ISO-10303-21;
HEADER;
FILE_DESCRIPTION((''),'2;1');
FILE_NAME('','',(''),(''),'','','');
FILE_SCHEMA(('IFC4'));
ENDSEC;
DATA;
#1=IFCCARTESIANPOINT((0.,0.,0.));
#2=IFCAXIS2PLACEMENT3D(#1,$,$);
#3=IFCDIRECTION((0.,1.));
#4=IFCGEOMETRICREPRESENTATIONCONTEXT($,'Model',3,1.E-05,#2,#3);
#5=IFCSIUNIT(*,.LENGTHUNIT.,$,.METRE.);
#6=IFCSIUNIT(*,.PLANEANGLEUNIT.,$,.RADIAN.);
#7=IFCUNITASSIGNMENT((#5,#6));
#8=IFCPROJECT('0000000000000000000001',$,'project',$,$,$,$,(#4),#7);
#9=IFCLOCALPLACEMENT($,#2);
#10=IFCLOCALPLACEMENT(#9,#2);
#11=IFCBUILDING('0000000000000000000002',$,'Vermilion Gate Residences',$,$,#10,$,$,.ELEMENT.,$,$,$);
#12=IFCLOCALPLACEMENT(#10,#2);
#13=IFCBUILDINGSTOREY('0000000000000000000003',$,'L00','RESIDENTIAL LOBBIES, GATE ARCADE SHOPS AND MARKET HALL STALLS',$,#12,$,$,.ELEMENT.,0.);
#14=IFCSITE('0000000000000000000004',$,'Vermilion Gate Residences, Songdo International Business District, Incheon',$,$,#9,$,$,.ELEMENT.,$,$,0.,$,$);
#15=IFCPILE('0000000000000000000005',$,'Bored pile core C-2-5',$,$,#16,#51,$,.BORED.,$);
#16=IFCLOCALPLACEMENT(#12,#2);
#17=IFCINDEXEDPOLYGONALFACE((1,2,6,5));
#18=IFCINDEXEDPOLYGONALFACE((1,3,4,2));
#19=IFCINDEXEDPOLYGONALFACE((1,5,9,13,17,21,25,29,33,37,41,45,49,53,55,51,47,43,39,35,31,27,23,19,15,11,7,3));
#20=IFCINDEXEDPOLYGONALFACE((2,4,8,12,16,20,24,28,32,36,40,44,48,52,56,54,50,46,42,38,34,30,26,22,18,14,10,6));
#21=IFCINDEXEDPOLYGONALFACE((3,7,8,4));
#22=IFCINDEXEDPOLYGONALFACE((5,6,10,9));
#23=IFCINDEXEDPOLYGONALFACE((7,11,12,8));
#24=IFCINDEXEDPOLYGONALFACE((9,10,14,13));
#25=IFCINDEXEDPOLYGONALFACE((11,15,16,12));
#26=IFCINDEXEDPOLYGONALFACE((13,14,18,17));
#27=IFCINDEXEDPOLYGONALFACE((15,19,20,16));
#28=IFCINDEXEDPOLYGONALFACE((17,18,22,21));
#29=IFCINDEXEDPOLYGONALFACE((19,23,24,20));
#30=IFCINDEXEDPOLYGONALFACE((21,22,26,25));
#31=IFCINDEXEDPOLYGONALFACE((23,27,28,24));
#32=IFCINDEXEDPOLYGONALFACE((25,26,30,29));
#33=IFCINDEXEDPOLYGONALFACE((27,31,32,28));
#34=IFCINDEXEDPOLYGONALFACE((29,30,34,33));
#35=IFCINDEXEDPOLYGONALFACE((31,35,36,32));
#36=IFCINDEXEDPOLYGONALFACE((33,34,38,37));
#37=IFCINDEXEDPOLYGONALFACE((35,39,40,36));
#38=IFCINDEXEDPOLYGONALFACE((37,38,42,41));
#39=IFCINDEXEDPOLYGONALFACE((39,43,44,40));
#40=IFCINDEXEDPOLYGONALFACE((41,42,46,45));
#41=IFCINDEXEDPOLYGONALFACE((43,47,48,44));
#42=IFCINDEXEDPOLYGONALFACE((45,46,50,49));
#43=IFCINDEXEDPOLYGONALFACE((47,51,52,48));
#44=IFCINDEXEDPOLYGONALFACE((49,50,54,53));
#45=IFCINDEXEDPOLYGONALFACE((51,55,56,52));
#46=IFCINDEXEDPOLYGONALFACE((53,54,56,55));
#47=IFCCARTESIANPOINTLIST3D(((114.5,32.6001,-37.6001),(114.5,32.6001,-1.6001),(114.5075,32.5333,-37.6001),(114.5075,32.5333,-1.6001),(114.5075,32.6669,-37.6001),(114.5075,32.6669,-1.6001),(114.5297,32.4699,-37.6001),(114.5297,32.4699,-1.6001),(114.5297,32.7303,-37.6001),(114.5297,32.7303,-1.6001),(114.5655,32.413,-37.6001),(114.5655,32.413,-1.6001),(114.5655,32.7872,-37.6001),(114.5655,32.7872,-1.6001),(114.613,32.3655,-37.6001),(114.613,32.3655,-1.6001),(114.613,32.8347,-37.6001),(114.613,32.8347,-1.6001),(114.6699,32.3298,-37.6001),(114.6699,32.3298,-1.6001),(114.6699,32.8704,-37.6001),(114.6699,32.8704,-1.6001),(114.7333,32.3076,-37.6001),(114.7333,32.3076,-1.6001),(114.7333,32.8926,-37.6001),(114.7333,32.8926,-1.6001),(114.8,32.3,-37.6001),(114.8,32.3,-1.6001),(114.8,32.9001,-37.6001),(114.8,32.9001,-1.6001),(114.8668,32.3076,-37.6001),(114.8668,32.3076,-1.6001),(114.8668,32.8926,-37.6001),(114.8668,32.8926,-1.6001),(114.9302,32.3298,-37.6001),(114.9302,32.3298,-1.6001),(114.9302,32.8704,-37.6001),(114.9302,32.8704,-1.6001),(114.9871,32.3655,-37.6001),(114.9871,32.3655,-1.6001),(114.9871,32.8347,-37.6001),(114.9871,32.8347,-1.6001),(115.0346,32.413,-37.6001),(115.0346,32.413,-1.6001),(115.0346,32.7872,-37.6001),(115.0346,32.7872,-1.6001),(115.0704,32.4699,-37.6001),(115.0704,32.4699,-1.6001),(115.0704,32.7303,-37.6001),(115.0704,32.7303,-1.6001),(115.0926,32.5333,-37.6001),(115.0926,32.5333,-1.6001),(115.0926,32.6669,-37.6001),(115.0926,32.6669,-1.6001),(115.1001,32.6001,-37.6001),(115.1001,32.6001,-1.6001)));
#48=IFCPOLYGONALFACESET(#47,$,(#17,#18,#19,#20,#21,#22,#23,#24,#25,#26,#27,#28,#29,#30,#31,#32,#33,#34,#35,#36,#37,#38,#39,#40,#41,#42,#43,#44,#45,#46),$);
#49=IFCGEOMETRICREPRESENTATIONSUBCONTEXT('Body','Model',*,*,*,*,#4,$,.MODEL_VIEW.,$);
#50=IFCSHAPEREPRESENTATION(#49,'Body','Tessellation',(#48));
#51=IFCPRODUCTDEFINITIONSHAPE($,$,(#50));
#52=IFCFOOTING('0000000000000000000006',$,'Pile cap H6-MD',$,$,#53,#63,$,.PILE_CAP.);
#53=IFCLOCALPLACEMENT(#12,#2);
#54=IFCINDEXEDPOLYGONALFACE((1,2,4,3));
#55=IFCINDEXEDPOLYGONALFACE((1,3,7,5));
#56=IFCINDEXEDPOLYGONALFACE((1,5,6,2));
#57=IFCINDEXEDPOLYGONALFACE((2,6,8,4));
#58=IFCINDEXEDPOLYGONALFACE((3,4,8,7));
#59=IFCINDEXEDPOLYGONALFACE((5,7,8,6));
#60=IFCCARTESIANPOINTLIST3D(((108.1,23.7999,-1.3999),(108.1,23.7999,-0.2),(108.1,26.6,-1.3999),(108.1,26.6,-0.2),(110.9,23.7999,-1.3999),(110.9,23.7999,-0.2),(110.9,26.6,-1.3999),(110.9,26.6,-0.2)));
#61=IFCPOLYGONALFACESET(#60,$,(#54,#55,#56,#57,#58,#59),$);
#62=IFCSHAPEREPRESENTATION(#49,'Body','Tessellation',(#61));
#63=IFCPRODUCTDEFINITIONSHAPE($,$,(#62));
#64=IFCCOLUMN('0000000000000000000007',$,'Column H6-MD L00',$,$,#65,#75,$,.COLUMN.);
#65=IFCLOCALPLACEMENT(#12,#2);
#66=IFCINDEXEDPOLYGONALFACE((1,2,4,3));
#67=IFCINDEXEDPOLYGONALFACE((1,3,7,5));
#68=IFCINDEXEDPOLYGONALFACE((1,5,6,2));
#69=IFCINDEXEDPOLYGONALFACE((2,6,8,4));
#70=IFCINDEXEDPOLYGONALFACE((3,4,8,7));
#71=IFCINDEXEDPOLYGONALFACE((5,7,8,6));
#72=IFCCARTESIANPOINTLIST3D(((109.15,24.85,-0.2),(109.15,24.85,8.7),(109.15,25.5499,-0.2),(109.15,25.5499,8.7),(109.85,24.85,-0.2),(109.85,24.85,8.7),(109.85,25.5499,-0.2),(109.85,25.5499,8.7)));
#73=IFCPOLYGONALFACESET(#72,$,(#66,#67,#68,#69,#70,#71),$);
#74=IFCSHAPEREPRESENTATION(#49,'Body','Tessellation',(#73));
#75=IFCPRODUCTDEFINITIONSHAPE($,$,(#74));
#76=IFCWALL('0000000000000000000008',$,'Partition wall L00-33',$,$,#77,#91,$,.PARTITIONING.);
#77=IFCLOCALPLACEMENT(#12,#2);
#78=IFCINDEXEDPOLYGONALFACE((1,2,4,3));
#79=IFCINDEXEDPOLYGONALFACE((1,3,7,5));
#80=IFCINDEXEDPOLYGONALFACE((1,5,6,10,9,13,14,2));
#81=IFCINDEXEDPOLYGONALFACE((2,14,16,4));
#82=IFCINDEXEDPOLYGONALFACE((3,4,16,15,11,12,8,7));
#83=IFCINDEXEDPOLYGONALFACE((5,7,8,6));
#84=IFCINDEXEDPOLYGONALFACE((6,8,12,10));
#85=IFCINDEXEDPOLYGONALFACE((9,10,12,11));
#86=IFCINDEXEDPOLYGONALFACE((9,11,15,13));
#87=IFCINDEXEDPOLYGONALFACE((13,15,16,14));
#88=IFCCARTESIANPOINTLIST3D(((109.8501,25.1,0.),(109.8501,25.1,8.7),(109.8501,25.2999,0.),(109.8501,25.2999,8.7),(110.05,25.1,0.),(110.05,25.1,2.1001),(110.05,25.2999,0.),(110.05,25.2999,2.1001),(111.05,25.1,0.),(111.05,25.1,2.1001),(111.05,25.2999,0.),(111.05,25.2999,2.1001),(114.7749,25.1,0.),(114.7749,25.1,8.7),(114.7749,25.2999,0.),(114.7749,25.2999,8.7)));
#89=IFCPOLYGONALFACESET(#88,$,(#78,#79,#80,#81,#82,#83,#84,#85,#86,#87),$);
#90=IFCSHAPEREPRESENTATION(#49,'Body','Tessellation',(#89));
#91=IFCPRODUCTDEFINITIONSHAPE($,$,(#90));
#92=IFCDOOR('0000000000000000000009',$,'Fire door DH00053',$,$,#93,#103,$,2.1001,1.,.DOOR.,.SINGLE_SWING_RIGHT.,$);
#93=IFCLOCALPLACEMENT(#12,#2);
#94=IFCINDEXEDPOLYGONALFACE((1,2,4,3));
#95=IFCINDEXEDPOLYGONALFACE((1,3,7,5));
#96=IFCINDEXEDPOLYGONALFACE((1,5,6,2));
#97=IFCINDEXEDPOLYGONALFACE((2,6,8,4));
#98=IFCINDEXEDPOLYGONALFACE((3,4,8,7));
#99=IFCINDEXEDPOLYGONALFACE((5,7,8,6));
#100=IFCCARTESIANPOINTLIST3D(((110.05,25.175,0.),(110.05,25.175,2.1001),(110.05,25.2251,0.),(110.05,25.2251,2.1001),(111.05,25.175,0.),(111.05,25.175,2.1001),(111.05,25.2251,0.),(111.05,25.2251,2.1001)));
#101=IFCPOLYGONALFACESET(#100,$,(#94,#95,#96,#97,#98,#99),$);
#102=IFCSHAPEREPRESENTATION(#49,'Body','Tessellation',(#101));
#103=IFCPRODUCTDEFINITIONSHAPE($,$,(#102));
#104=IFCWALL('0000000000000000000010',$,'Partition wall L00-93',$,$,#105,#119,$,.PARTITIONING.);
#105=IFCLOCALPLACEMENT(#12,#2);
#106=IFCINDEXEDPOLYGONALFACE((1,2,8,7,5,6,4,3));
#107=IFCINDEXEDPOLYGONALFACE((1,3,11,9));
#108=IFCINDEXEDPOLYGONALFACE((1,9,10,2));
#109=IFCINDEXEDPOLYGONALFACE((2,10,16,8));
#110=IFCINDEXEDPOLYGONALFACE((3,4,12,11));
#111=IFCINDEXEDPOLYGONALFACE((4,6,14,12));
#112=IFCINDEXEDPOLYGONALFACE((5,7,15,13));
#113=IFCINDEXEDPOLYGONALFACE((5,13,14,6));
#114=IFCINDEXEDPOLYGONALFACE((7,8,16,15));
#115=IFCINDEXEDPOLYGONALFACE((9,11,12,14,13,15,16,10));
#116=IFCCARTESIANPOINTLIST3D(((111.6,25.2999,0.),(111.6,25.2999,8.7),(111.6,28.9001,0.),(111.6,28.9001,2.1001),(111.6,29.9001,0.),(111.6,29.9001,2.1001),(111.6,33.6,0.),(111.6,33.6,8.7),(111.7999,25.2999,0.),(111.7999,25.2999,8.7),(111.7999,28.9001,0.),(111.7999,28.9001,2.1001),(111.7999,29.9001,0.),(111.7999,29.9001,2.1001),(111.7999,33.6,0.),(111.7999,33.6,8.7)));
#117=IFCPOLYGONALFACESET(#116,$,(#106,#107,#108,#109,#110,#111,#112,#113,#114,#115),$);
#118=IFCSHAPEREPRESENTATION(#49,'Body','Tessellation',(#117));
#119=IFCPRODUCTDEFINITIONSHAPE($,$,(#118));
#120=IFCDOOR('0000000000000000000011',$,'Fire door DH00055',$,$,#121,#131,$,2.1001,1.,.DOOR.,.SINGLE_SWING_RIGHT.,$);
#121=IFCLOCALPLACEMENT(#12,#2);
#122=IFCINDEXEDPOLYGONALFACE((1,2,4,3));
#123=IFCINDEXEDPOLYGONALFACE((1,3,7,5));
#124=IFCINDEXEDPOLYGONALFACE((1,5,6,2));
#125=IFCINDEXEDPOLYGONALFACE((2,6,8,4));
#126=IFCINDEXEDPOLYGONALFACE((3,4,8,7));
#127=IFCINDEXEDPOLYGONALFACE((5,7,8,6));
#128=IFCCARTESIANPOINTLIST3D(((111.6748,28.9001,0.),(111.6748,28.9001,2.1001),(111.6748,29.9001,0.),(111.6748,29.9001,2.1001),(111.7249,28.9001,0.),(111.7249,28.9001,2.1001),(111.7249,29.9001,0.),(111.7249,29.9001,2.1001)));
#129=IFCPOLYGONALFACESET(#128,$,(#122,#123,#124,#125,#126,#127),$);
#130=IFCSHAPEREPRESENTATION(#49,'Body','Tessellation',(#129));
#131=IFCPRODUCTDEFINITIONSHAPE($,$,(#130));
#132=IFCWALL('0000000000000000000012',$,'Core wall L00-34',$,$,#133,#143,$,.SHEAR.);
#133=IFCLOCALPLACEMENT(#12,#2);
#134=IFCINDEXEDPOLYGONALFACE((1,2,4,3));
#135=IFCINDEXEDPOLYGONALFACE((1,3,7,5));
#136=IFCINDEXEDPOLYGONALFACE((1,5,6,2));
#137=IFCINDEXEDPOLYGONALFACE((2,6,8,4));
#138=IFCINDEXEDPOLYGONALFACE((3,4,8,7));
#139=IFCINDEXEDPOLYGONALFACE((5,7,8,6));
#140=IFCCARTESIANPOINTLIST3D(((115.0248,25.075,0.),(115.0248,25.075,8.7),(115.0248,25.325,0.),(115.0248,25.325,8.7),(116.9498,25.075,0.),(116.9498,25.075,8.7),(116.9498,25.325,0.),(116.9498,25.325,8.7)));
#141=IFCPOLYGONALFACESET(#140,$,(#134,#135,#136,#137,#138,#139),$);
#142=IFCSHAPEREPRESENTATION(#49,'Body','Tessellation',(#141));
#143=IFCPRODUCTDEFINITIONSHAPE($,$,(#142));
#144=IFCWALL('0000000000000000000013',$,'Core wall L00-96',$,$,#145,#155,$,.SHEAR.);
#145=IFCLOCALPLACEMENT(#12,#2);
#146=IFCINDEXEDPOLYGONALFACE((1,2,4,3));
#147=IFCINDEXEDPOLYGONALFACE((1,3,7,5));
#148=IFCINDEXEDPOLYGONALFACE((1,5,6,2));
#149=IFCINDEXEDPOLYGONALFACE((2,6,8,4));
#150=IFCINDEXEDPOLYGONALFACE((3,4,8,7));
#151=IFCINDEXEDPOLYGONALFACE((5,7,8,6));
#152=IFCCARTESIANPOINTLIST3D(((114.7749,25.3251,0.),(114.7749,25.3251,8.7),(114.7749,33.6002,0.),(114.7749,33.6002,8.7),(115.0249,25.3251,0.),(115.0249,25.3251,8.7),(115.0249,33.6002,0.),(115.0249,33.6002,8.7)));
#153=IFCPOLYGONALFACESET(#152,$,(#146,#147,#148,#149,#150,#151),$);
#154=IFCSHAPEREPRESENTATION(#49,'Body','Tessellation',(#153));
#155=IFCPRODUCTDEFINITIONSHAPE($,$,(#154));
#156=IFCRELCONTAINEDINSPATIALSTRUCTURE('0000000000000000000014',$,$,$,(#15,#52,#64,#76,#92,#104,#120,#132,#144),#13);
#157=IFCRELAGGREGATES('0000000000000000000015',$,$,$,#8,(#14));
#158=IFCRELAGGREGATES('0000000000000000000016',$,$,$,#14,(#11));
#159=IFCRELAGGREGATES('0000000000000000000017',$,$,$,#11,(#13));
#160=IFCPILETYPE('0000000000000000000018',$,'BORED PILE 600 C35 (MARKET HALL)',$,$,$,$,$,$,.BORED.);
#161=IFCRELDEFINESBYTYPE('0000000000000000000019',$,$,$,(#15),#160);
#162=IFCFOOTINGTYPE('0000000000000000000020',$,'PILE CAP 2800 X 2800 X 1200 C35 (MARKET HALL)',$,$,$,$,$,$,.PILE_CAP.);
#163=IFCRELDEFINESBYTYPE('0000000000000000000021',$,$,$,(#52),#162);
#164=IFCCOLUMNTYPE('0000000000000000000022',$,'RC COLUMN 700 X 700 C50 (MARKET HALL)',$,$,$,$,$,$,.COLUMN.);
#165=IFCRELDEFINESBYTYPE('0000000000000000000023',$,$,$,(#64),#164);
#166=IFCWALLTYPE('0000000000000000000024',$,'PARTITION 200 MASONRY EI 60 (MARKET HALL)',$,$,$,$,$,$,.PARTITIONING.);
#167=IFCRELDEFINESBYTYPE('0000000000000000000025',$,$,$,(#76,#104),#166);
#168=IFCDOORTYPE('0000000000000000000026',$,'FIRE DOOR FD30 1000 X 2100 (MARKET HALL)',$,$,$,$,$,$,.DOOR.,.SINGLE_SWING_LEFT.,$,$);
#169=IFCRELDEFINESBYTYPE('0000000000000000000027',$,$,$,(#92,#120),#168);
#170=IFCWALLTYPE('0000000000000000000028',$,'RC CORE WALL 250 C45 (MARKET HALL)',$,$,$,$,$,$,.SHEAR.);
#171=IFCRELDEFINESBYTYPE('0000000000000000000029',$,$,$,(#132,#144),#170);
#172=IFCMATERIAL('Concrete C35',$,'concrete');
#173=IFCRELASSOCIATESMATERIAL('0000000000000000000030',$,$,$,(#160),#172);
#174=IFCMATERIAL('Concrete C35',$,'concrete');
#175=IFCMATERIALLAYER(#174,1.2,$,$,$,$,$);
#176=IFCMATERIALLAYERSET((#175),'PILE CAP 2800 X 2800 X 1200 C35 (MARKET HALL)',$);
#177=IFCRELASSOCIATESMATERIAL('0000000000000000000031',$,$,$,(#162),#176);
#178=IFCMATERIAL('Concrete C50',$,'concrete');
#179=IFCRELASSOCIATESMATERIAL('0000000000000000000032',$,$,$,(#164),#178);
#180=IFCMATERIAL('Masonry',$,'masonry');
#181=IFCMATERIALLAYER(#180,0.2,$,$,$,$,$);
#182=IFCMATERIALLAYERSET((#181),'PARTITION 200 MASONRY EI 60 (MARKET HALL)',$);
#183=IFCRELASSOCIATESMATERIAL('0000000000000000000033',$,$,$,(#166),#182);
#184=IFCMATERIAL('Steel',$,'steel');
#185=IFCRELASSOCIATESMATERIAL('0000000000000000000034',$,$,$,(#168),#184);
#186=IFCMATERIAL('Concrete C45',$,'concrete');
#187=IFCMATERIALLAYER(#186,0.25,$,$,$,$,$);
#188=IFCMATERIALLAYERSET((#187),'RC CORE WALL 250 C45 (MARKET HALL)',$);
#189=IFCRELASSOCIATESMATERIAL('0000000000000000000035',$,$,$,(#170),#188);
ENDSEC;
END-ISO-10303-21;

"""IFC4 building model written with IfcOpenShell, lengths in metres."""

from ifc_helpers import new_model, si_unit, direction, frame, frame_2d, origin, origin_2d, place, context, subcontext, project, spatial, rectangle, circle, extrude, material, layer, layer_set, material_profile, profile_set, type_object, element, fill, save


model = new_model("IFC4")

# Units and contexts
model_context = context("Model", 3, precision=1e-05, world=origin(), true_north=direction((0.0, 1.0)))
body_context = subcontext(model_context, "Body", "Model", "MODEL_VIEW")
ifc_project = project(units=[si_unit("LENGTHUNIT", "METRE"), si_unit("PLANEANGLEUNIT", "RADIAN")], contexts=[model_context])

# Site, building, storey
site_placement = place(None, origin())
site = spatial("IfcSite", under=ifc_project, at=site_placement, Name="Vermilion Gate Residences, Songdo International Business District, Incheon", CompositionType="ELEMENT", RefElevation=0.0)
building_placement = place(site_placement, origin())
building = spatial("IfcBuilding", under=site, at=building_placement, Name="Vermilion Gate Residences", CompositionType="ELEMENT")
storey_placement = place(building_placement, origin())
storey = spatial("IfcBuildingStorey", under=building, at=storey_placement, Name="L00", Description="RESIDENTIAL LOBBIES, GATE ARCADE SHOPS AND MARKET HALL STALLS", CompositionType="ELEMENT", Elevation=0.0)

# Pile
ifc_material_1 = material(Name="Concrete C35", Category="concrete")
ifc_material_profile_1 = material_profile(ifc_material_1, circle(Radius=0.3, at=origin_2d()), Name="BORED PILE 600 C35 (MARKET HALL)")
ifc_profile_set_1 = profile_set([ifc_material_profile_1], Name="Concrete C35")
pile_type = type_object("IfcPileType", Name="BORED PILE 600 C35 (MARKET HALL)", PredefinedType="BORED", material=ifc_profile_set_1)
for number, where, z_axis, x_axis, name in (
    (1, (114.8, 32.6001, -1.6001), (0.0, 0.0, -1.0), (1.0, 0.0, 0.0), "Bored pile core C-2-5"),
):
    element("IfcPile", number, at=place(storey_placement, frame(where, z_axis=z_axis, x_axis=x_axis)), inside=storey, type_object=pile_type, Name=name, PredefinedType="BORED", context=body_context, shape_type="SweptSolid", body=[
        extrude(circle(Radius=0.3, at=origin_2d()), origin(), (0.0, 0.0, 1.0), 36.0),
    ])

# Footing
ifc_material_2 = material(Name="Concrete C35", Category="concrete")
ifc_layer_1 = layer(ifc_material_2, 1.2)
ifc_layer_set_1 = layer_set([ifc_layer_1], Name="PILE CAP 2800 X 2800 X 1200 C35 (MARKET HALL)")
footing_type = type_object("IfcFootingType", Name="PILE CAP 2800 X 2800 X 1200 C35 (MARKET HALL)", PredefinedType="PILE_CAP", material=ifc_layer_set_1)
footing_placement = place(storey_placement, frame((109.5, 25.2, -1.3999), z_axis=(0.0, 0.0, 1.0), x_axis=(1.0, 0.0, 0.0)))
element("IfcFooting", 2, at=footing_placement, inside=storey, type_object=footing_type, Name="Pile cap H6-MD", PredefinedType="PILE_CAP", context=body_context, shape_type="SweptSolid", body=[
    extrude(rectangle(XDim=2.8, YDim=2.8, at=origin_2d()), origin(), (0.0, 0.0, 1.0), 1.2),
])

# Column
ifc_material_3 = material(Name="Concrete C50", Category="concrete")
ifc_material_profile_2 = material_profile(ifc_material_3, rectangle(XDim=0.7, YDim=0.7, at=origin_2d()), Name="RC COLUMN 700 X 700 C50 (MARKET HALL)")
ifc_profile_set_2 = profile_set([ifc_material_profile_2], Name="Concrete C50")
column_type = type_object("IfcColumnType", Name="RC COLUMN 700 X 700 C50 (MARKET HALL)", PredefinedType="COLUMN", material=ifc_profile_set_2)
column_placement = place(storey_placement, frame((109.5, 25.2, -0.2), z_axis=(0.0, 0.0, 1.0), x_axis=(1.0, 0.0, 0.0)))
element("IfcColumn", 3, at=column_placement, inside=storey, type_object=column_type, Name="Column H6-MD L00", PredefinedType="COLUMN", context=body_context, shape_type="SweptSolid", body=[
    extrude(rectangle(XDim=0.7, YDim=0.7, at=origin_2d()), origin(), (0.0, 0.0, 1.0), 8.8999),
])

# Walls, openings, doors
ifc_material_4 = material(Name="Masonry", Category="masonry")
ifc_layer_2 = layer(ifc_material_4, 0.2)
ifc_layer_set_2 = layer_set([ifc_layer_2], Name="PARTITION 200 MASONRY EI 60 (MARKET HALL)")
wall_type_1 = type_object("IfcWallType", Name="PARTITION 200 MASONRY EI 60 (MARKET HALL)", PredefinedType="PARTITIONING", material=ifc_layer_set_2)
wall_1_placement = place(storey_placement, frame((109.8501, 25.2, 0.0), z_axis=(0.0, 0.0, 1.0), x_axis=(1.0, 0.0, 0.0)))
wall_1 = element("IfcWall", 4, at=wall_1_placement, inside=storey, type_object=wall_type_1, Name="Partition wall L00-33", PredefinedType="PARTITIONING", context=body_context, shape_type="SweptSolid", body=[
    extrude(rectangle(XDim=4.9248, YDim=0.2, at=frame_2d((2.4624, 0.0))), origin(), (0.0, 0.0, 1.0), 8.7),
])
opening_1_placement = place(wall_1_placement, frame((0.2, 0.0, 0.0)))
opening_1 = element("IfcOpeningElement", 5, at=opening_1_placement, cuts=wall_1, PredefinedType="OPENING", context=body_context, shape_type="SweptSolid", body=[
    extrude(rectangle(XDim=1.0, YDim=2.1001, at=frame_2d((0.5, 1.05))), frame((0.0, 0.1099, 0.0), z_axis=(0.0, -1.0, 0.0), x_axis=(1.0, 0.0, 0.0)), (0.0, 0.0, 1.0), 0.22),
])
ifc_material_5 = material(Name="Steel", Category="steel")
door_type = type_object("IfcDoorType", Name="FIRE DOOR FD30 1000 X 2100 (MARKET HALL)", OperationType="SINGLE_SWING_LEFT", PredefinedType="DOOR", material=ifc_material_5)
door_1_placement = place(opening_1_placement, frame((1.0, 0.0, 0.0), z_axis=(0.0, 0.0, 1.0), x_axis=(-1.0, 0.0, 0.0)))
door_1 = element("IfcDoor", 6, at=door_1_placement, inside=storey, type_object=door_type, Name="Fire door DH00053", OperationType="SINGLE_SWING_RIGHT", OverallHeight=2.1001, OverallWidth=1.0, PredefinedType="DOOR", context=body_context, shape_type="SweptSolid", body=[
    extrude(rectangle(XDim=1.0, YDim=2.1001, at=frame_2d((0.5, 1.05))), frame((0.0, 0.0249, 0.0), z_axis=(0.0, -1.0, 0.0), x_axis=(1.0, 0.0, 0.0)), (0.0, 0.0, 1.0), 0.05),
])
fill(opening_1, door_1)
wall_2_placement = place(storey_placement, frame((111.7, 25.3, 0.0), z_axis=(0.0, 0.0, 1.0), x_axis=(0.0, 1.0, 0.0)))
wall_2 = element("IfcWall", 7, at=wall_2_placement, inside=storey, type_object=wall_type_1, Name="Partition wall L00-93", PredefinedType="PARTITIONING", context=body_context, shape_type="SweptSolid", body=[
    extrude(rectangle(XDim=8.3, YDim=0.2, at=frame_2d((4.1499, 0.0))), origin(), (0.0, 0.0, 1.0), 8.7),
])
opening_2_placement = place(wall_2_placement, frame((3.6001, 0.0, 0.0)))
opening_2 = element("IfcOpeningElement", 8, at=opening_2_placement, cuts=wall_2, PredefinedType="OPENING", context=body_context, shape_type="SweptSolid", body=[
    extrude(rectangle(XDim=1.0, YDim=2.1001, at=frame_2d((0.5, 1.05))), frame((0.0, 0.1099, 0.0), z_axis=(0.0, -1.0, 0.0), x_axis=(1.0, 0.0, 0.0)), (0.0, 0.0, 1.0), 0.22),
])
door_2_placement = place(opening_2_placement, frame((1.0, 0.0, 0.0), z_axis=(0.0, 0.0, 1.0), x_axis=(-1.0, 0.0, 0.0)))
door_2 = element("IfcDoor", 9, at=door_2_placement, inside=storey, type_object=door_type, Name="Fire door DH00055", OperationType="SINGLE_SWING_RIGHT", OverallHeight=2.1001, OverallWidth=1.0, PredefinedType="DOOR", context=body_context, shape_type="SweptSolid", body=[
    extrude(rectangle(XDim=1.0, YDim=2.1001, at=frame_2d((0.5, 1.05))), frame((0.0, 0.0249, 0.0), z_axis=(0.0, -1.0, 0.0), x_axis=(1.0, 0.0, 0.0)), (0.0, 0.0, 1.0), 0.05),
])
fill(opening_2, door_2)

# Walls
ifc_material_6 = material(Name="Concrete C45", Category="concrete")
ifc_layer_3 = layer(ifc_material_6, 0.25)
ifc_layer_set_3 = layer_set([ifc_layer_3], Name="RC CORE WALL 250 C45 (MARKET HALL)")
wall_type_2 = type_object("IfcWallType", Name="RC CORE WALL 250 C45 (MARKET HALL)", PredefinedType="SHEAR", material=ifc_layer_set_3)
wall_3_placement = place(storey_placement, frame((115.0249, 25.2, 0.0), z_axis=(0.0, 0.0, 1.0), x_axis=(1.0, 0.0, 0.0)))
element("IfcWall", 10, at=wall_3_placement, inside=storey, type_object=wall_type_2, Name="Core wall L00-34", PredefinedType="SHEAR", context=body_context, shape_type="SweptSolid", body=[
    extrude(rectangle(XDim=1.925, YDim=0.25, at=frame_2d((0.9624, 0.0))), origin(), (0.0, 0.0, 1.0), 8.7),
])
wall_4_placement = place(storey_placement, frame((114.8999, 25.325, 0.0), z_axis=(0.0, 0.0, 1.0), x_axis=(0.0, 1.0, 0.0)))
element("IfcWall", 11, at=wall_4_placement, inside=storey, type_object=wall_type_2, Name="Core wall L00-96", PredefinedType="SHEAR", context=body_context, shape_type="SweptSolid", body=[
    extrude(rectangle(XDim=8.2751, YDim=0.25, at=frame_2d((4.1377, 0.0))), origin(), (0.0, 0.0, 1.0), 8.7),
])

save(model, "model.ifc")
